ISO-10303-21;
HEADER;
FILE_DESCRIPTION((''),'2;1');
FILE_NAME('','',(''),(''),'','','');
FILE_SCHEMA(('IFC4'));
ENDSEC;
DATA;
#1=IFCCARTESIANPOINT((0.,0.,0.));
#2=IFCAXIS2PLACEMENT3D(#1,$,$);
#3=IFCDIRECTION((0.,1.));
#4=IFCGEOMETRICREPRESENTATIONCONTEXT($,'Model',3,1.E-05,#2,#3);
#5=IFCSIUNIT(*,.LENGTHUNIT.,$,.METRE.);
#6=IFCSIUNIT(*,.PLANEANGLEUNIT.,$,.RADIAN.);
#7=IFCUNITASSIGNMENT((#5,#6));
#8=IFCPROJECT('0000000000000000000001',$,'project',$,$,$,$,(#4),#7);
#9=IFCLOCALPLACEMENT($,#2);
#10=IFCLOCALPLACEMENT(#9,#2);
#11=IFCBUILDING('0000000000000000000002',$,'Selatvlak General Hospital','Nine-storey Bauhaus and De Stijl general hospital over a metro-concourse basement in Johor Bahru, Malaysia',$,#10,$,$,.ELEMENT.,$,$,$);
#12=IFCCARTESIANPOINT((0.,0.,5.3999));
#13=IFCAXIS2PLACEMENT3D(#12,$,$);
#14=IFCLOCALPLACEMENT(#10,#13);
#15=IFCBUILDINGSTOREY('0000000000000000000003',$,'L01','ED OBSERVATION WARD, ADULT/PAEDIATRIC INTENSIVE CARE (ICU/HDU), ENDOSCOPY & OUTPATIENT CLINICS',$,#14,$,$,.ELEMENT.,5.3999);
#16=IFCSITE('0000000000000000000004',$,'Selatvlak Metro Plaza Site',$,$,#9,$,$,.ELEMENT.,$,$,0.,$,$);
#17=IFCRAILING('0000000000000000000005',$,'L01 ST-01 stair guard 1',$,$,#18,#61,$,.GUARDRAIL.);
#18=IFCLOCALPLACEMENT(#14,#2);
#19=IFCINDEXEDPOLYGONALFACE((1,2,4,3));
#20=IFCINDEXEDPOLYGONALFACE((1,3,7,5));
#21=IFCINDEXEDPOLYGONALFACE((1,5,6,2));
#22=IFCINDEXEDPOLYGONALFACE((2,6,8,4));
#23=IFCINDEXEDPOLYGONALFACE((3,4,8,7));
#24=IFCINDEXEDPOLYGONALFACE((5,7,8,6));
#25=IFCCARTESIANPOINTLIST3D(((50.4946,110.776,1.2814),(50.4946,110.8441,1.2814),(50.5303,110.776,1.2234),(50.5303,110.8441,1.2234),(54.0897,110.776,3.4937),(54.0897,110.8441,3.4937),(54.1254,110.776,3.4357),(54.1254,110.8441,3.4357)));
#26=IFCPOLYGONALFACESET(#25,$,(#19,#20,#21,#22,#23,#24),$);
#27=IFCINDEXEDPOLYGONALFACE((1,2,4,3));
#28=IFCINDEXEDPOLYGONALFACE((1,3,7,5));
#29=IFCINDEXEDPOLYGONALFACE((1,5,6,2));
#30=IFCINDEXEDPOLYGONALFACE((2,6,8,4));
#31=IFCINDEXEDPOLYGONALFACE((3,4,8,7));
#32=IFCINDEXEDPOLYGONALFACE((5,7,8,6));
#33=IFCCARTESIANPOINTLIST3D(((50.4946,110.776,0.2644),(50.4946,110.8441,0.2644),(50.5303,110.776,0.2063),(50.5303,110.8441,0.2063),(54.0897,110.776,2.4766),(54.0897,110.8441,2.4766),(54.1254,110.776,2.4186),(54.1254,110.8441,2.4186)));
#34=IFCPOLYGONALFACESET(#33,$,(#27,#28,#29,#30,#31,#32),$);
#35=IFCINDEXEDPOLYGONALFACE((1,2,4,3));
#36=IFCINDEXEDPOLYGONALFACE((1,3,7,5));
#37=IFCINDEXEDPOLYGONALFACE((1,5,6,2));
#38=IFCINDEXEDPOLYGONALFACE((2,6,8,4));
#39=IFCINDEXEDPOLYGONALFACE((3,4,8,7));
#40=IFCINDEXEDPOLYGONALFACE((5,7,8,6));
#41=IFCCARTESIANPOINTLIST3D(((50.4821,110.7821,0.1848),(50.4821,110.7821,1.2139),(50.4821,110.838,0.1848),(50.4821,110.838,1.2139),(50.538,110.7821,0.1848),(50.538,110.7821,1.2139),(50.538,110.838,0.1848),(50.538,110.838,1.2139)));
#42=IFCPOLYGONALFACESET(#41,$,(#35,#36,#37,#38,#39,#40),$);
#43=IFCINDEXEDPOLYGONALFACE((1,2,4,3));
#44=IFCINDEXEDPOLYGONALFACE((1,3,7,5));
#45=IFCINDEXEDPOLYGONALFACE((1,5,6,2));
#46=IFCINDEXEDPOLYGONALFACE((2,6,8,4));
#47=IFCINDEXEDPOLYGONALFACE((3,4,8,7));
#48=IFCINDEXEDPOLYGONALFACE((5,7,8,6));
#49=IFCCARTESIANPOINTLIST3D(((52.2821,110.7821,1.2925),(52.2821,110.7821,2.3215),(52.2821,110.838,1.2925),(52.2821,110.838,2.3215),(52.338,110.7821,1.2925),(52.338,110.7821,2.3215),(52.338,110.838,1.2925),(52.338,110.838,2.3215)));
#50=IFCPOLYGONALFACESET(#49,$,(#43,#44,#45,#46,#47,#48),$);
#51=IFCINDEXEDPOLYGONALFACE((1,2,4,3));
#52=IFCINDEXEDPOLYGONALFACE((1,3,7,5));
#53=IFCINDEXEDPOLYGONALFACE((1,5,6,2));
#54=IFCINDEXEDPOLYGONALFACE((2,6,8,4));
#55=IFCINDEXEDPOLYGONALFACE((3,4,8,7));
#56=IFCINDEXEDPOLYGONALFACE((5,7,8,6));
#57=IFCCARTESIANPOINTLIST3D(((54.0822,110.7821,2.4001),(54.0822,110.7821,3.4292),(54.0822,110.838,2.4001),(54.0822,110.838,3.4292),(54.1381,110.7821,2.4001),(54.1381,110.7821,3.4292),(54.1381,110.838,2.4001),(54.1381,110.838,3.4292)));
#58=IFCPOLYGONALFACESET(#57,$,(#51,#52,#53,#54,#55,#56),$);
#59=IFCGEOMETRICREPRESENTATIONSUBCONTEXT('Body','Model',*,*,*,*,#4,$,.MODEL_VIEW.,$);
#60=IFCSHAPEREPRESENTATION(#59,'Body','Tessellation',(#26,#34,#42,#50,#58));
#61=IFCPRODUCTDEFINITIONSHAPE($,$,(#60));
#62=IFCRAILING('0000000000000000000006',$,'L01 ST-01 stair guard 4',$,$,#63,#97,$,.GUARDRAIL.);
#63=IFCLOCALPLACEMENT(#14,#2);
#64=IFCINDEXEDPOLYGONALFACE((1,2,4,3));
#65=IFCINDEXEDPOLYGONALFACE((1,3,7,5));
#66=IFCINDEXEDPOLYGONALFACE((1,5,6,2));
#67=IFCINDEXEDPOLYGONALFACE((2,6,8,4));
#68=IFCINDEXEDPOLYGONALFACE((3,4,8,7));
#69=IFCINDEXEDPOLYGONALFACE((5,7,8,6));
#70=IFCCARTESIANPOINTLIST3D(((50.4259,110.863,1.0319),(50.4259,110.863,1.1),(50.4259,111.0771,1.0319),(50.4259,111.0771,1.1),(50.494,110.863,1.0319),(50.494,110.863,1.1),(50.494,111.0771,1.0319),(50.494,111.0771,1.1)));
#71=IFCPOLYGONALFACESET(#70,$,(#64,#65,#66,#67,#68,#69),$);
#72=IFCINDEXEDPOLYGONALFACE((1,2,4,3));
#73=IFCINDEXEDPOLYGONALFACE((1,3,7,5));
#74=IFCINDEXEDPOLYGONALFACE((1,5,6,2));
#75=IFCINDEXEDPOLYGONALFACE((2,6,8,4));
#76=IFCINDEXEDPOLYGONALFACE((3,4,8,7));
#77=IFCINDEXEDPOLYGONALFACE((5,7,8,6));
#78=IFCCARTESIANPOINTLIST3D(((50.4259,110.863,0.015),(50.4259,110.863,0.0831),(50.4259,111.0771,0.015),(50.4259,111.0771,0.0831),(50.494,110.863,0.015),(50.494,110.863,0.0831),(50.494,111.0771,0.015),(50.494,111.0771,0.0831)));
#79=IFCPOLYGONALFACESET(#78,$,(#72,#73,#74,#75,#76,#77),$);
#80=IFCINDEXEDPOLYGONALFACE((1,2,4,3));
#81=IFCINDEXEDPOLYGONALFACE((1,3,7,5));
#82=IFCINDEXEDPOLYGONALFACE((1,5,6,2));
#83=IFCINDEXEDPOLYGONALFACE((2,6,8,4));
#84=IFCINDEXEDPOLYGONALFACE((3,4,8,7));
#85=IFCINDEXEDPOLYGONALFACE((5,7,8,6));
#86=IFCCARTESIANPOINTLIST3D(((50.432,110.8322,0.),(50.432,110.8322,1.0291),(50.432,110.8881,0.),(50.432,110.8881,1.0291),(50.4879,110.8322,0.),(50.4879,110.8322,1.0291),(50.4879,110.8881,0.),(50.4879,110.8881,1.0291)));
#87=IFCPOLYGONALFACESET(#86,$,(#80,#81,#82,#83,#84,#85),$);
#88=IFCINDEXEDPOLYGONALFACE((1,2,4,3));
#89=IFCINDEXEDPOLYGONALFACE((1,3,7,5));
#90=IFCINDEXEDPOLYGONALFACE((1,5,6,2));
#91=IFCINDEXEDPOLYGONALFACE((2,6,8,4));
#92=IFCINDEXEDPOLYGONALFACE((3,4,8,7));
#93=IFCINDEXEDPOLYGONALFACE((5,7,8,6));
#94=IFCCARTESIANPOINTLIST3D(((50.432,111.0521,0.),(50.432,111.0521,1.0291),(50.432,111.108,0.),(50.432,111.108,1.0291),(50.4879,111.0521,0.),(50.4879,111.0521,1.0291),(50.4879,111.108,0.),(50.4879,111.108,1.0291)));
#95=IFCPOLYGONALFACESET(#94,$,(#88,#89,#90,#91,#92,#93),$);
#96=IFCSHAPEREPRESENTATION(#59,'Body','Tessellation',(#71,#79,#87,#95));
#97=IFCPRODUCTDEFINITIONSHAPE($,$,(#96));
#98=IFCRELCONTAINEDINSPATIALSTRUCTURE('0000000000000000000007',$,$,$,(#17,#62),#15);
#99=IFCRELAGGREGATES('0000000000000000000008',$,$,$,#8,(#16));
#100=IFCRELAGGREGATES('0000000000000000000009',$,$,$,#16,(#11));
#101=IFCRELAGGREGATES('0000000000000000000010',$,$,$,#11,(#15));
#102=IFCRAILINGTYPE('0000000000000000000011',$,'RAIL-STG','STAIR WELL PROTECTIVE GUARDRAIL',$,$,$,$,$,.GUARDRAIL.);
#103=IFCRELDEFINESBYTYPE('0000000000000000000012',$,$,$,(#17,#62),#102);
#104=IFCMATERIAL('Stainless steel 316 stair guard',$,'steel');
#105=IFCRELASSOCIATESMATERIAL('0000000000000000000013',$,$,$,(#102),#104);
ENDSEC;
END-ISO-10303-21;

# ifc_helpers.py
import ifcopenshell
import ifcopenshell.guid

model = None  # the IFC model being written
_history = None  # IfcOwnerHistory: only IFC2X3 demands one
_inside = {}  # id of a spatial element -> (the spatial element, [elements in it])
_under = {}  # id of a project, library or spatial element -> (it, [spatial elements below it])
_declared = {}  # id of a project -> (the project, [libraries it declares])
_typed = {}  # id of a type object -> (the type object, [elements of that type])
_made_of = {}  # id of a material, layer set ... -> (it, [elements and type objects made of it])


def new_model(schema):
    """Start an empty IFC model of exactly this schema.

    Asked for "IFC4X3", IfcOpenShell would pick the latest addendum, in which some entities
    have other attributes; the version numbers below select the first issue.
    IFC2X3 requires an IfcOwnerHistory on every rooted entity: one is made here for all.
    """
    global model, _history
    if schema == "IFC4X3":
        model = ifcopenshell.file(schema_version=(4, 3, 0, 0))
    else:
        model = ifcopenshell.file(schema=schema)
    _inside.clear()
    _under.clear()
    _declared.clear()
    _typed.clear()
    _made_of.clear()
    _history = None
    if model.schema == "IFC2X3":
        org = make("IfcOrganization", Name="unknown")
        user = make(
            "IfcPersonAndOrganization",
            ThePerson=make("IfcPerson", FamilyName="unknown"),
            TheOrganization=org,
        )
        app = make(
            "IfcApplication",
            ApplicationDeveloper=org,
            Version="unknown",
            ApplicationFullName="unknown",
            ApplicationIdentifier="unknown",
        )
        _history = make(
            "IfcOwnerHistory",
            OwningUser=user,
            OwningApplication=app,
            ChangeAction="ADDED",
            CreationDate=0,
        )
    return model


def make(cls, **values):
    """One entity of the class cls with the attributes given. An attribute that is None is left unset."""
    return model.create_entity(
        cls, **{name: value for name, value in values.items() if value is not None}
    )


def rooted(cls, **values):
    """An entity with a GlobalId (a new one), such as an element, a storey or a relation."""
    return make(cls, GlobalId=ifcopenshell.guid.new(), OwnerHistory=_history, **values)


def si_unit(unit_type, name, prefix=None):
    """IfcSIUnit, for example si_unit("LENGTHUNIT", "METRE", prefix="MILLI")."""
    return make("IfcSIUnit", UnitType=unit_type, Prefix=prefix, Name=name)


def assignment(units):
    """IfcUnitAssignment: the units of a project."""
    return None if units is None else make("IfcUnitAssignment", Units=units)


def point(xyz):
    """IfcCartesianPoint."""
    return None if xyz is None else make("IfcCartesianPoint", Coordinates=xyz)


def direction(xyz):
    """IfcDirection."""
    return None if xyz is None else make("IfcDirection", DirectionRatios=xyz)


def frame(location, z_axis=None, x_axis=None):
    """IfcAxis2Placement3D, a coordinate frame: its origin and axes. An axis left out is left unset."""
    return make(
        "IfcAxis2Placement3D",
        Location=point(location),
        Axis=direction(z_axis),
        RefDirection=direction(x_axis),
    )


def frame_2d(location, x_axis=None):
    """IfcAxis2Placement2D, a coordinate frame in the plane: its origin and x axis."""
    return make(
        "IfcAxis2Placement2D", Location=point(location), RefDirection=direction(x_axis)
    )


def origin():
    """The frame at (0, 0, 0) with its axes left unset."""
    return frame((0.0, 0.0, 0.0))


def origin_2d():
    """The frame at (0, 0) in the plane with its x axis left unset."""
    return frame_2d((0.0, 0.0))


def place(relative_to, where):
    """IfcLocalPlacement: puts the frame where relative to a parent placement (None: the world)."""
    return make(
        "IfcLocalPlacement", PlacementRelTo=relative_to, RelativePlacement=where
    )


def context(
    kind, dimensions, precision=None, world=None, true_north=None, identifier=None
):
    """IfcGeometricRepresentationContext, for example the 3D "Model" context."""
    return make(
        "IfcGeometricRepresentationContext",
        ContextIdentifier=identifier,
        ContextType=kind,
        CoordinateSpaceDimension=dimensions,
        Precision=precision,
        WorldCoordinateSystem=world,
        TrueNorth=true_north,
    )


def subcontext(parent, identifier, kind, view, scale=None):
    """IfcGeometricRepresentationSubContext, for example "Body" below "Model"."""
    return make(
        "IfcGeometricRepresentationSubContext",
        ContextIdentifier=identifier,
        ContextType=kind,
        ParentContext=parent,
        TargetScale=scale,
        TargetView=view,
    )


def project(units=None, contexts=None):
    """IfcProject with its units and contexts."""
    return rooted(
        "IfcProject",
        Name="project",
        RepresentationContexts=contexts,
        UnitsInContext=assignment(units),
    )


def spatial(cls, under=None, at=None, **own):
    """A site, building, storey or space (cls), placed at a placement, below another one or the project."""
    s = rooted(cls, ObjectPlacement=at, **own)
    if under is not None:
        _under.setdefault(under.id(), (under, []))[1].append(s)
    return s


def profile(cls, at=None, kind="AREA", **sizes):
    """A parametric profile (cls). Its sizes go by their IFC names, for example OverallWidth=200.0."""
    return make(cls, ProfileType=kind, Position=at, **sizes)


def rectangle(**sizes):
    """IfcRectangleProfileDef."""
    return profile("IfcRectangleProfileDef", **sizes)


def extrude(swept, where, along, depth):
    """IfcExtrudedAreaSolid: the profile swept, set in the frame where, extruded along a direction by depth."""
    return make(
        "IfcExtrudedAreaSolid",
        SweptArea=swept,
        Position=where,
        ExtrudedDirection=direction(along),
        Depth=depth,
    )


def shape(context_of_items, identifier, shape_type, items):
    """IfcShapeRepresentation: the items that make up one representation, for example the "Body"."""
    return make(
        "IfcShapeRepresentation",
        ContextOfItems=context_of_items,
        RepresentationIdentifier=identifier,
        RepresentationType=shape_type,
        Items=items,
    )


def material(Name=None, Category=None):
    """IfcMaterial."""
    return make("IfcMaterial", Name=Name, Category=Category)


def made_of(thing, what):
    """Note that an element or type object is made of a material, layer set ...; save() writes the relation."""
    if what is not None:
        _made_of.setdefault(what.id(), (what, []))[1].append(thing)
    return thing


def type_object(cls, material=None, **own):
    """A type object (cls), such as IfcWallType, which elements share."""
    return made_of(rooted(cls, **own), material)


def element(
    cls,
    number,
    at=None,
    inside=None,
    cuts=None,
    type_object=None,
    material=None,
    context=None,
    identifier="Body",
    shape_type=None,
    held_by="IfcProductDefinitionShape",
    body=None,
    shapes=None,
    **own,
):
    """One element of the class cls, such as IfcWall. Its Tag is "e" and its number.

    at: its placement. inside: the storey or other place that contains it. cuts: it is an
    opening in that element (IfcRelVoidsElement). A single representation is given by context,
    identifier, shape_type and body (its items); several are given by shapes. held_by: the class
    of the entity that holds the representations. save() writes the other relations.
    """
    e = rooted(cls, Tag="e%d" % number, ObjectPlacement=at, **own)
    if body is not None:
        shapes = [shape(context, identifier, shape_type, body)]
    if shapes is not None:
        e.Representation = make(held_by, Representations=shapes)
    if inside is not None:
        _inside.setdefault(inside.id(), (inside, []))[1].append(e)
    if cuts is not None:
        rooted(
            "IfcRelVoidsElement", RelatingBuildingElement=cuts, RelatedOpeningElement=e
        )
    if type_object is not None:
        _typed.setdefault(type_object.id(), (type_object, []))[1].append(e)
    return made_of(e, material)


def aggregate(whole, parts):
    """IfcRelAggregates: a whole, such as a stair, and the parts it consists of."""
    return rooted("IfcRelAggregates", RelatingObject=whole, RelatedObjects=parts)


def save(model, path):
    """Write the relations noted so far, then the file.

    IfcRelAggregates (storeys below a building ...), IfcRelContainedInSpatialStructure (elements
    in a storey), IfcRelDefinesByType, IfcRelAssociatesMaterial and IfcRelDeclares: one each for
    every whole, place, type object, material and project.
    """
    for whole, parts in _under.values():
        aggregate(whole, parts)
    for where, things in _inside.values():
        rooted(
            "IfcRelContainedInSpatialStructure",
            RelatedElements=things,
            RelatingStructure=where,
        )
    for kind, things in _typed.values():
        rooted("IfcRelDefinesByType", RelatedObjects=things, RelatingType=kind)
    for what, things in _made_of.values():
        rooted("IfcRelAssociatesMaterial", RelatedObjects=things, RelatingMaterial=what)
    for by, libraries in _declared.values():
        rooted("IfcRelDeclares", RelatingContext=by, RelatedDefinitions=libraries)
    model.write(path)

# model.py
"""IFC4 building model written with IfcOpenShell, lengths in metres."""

from ifc_helpers import new_model, si_unit, direction, frame, origin, origin_2d, place, context, subcontext, project, spatial, rectangle, extrude, material, type_object, element, save


model = new_model("IFC4")

# Units and contexts
model_context = context("Model", 3, precision=1e-05, world=origin(), true_north=direction((0.0, 1.0)))
body_context = subcontext(model_context, "Body", "Model", "MODEL_VIEW")
ifc_project = project(units=[si_unit("LENGTHUNIT", "METRE"), si_unit("PLANEANGLEUNIT", "RADIAN")], contexts=[model_context])

# Site, building, storey
site_placement = place(None, origin())
site = spatial("IfcSite", under=ifc_project, at=site_placement, Name="Selatvlak Metro Plaza Site", CompositionType="ELEMENT", RefElevation=0.0)
building_placement = place(site_placement, origin())
building = spatial("IfcBuilding", under=site, at=building_placement, Name="Selatvlak General Hospital", Description="Nine-storey Bauhaus and De Stijl general hospital over a metro-concourse basement in Johor Bahru, Malaysia", CompositionType="ELEMENT")
storey_placement = place(building_placement, frame((0.0, 0.0, 5.3999)))
storey = spatial("IfcBuildingStorey", under=building, at=storey_placement, Name="L01", Description="ED OBSERVATION WARD, ADULT/PAEDIATRIC INTENSIVE CARE (ICU/HDU), ENDOSCOPY & OUTPATIENT CLINICS", CompositionType="ELEMENT", Elevation=5.3999)

# Railings
ifc_material_1 = material(Name="Stainless steel 316 stair guard", Category="steel")
railing_type_1 = type_object("IfcRailingType", Name="RAIL-STG", Description="STAIR WELL PROTECTIVE GUARDRAIL", PredefinedType="GUARDRAIL", material=ifc_material_1)
railing_1_placement = place(storey_placement, frame((50.51, 110.8101, 0.1848)))
element("IfcRailing", 1, at=railing_1_placement, inside=storey, type_object=railing_type_1, Name="L01 ST-01 stair guard 1", PredefinedType="GUARDRAIL", context=body_context, shape_type="SweptSolid", body=[
    extrude(rectangle(XDim=0.0681, YDim=0.0681, at=origin_2d()), frame((0.0024, 0.0, 1.0676), z_axis=(0.85167, 0.0, 0.524078), x_axis=(0.0, 1.0, 0.0)), (0.0, 0.0, 1.0), 4.2212),
    extrude(rectangle(XDim=0.0681, YDim=0.0681, at=origin_2d()), frame((0.0024, 0.0, 0.0505), z_axis=(0.85167, 0.0, 0.524078), x_axis=(0.0, 1.0, 0.0)), (0.0, 0.0, 1.0), 4.2212),
    extrude(rectangle(XDim=0.0559, YDim=0.0559, at=origin_2d()), origin(), (0.0, 0.0, 1.0), 1.0291),
    extrude(rectangle(XDim=0.0559, YDim=0.0559, at=origin_2d()), frame((1.8, 0.0, 1.1077)), (0.0, 0.0, 1.0), 1.0291),
    extrude(rectangle(XDim=0.0559, YDim=0.0559, at=origin_2d()), frame((3.6001, 0.0, 2.2153)), (0.0, 0.0, 1.0), 1.0291),
])
railing_2_placement = place(storey_placement, frame((50.46, 110.8601, 0.0)))
element("IfcRailing", 2, at=railing_2_placement, inside=storey, type_object=railing_type_1, Name="L01 ST-01 stair guard 4", PredefinedType="GUARDRAIL", context=body_context, shape_type="SweptSolid", body=[
    extrude(rectangle(XDim=0.0681, YDim=0.0681, at=origin_2d()), frame((0.0, 0.0029, 1.0659), z_axis=(0.0, 1.0, 0.0), x_axis=(-1.0, 0.0, 0.0)), (0.0, 0.0, 1.0), 0.2141),
    extrude(rectangle(XDim=0.0681, YDim=0.0681, at=origin_2d()), frame((0.0, 0.0029, 0.0491), z_axis=(0.0, 1.0, 0.0), x_axis=(-1.0, 0.0, 0.0)), (0.0, 0.0, 1.0), 0.2141),
    extrude(rectangle(XDim=0.0559, YDim=0.0559, at=origin_2d()), origin(), (0.0, 0.0, 1.0), 1.0291),
    extrude(rectangle(XDim=0.0559, YDim=0.0559, at=origin_2d()), frame((0.0, 0.22, 0.0)), (0.0, 0.0, 1.0), 1.0291),
])

save(model, "model.ifc")
